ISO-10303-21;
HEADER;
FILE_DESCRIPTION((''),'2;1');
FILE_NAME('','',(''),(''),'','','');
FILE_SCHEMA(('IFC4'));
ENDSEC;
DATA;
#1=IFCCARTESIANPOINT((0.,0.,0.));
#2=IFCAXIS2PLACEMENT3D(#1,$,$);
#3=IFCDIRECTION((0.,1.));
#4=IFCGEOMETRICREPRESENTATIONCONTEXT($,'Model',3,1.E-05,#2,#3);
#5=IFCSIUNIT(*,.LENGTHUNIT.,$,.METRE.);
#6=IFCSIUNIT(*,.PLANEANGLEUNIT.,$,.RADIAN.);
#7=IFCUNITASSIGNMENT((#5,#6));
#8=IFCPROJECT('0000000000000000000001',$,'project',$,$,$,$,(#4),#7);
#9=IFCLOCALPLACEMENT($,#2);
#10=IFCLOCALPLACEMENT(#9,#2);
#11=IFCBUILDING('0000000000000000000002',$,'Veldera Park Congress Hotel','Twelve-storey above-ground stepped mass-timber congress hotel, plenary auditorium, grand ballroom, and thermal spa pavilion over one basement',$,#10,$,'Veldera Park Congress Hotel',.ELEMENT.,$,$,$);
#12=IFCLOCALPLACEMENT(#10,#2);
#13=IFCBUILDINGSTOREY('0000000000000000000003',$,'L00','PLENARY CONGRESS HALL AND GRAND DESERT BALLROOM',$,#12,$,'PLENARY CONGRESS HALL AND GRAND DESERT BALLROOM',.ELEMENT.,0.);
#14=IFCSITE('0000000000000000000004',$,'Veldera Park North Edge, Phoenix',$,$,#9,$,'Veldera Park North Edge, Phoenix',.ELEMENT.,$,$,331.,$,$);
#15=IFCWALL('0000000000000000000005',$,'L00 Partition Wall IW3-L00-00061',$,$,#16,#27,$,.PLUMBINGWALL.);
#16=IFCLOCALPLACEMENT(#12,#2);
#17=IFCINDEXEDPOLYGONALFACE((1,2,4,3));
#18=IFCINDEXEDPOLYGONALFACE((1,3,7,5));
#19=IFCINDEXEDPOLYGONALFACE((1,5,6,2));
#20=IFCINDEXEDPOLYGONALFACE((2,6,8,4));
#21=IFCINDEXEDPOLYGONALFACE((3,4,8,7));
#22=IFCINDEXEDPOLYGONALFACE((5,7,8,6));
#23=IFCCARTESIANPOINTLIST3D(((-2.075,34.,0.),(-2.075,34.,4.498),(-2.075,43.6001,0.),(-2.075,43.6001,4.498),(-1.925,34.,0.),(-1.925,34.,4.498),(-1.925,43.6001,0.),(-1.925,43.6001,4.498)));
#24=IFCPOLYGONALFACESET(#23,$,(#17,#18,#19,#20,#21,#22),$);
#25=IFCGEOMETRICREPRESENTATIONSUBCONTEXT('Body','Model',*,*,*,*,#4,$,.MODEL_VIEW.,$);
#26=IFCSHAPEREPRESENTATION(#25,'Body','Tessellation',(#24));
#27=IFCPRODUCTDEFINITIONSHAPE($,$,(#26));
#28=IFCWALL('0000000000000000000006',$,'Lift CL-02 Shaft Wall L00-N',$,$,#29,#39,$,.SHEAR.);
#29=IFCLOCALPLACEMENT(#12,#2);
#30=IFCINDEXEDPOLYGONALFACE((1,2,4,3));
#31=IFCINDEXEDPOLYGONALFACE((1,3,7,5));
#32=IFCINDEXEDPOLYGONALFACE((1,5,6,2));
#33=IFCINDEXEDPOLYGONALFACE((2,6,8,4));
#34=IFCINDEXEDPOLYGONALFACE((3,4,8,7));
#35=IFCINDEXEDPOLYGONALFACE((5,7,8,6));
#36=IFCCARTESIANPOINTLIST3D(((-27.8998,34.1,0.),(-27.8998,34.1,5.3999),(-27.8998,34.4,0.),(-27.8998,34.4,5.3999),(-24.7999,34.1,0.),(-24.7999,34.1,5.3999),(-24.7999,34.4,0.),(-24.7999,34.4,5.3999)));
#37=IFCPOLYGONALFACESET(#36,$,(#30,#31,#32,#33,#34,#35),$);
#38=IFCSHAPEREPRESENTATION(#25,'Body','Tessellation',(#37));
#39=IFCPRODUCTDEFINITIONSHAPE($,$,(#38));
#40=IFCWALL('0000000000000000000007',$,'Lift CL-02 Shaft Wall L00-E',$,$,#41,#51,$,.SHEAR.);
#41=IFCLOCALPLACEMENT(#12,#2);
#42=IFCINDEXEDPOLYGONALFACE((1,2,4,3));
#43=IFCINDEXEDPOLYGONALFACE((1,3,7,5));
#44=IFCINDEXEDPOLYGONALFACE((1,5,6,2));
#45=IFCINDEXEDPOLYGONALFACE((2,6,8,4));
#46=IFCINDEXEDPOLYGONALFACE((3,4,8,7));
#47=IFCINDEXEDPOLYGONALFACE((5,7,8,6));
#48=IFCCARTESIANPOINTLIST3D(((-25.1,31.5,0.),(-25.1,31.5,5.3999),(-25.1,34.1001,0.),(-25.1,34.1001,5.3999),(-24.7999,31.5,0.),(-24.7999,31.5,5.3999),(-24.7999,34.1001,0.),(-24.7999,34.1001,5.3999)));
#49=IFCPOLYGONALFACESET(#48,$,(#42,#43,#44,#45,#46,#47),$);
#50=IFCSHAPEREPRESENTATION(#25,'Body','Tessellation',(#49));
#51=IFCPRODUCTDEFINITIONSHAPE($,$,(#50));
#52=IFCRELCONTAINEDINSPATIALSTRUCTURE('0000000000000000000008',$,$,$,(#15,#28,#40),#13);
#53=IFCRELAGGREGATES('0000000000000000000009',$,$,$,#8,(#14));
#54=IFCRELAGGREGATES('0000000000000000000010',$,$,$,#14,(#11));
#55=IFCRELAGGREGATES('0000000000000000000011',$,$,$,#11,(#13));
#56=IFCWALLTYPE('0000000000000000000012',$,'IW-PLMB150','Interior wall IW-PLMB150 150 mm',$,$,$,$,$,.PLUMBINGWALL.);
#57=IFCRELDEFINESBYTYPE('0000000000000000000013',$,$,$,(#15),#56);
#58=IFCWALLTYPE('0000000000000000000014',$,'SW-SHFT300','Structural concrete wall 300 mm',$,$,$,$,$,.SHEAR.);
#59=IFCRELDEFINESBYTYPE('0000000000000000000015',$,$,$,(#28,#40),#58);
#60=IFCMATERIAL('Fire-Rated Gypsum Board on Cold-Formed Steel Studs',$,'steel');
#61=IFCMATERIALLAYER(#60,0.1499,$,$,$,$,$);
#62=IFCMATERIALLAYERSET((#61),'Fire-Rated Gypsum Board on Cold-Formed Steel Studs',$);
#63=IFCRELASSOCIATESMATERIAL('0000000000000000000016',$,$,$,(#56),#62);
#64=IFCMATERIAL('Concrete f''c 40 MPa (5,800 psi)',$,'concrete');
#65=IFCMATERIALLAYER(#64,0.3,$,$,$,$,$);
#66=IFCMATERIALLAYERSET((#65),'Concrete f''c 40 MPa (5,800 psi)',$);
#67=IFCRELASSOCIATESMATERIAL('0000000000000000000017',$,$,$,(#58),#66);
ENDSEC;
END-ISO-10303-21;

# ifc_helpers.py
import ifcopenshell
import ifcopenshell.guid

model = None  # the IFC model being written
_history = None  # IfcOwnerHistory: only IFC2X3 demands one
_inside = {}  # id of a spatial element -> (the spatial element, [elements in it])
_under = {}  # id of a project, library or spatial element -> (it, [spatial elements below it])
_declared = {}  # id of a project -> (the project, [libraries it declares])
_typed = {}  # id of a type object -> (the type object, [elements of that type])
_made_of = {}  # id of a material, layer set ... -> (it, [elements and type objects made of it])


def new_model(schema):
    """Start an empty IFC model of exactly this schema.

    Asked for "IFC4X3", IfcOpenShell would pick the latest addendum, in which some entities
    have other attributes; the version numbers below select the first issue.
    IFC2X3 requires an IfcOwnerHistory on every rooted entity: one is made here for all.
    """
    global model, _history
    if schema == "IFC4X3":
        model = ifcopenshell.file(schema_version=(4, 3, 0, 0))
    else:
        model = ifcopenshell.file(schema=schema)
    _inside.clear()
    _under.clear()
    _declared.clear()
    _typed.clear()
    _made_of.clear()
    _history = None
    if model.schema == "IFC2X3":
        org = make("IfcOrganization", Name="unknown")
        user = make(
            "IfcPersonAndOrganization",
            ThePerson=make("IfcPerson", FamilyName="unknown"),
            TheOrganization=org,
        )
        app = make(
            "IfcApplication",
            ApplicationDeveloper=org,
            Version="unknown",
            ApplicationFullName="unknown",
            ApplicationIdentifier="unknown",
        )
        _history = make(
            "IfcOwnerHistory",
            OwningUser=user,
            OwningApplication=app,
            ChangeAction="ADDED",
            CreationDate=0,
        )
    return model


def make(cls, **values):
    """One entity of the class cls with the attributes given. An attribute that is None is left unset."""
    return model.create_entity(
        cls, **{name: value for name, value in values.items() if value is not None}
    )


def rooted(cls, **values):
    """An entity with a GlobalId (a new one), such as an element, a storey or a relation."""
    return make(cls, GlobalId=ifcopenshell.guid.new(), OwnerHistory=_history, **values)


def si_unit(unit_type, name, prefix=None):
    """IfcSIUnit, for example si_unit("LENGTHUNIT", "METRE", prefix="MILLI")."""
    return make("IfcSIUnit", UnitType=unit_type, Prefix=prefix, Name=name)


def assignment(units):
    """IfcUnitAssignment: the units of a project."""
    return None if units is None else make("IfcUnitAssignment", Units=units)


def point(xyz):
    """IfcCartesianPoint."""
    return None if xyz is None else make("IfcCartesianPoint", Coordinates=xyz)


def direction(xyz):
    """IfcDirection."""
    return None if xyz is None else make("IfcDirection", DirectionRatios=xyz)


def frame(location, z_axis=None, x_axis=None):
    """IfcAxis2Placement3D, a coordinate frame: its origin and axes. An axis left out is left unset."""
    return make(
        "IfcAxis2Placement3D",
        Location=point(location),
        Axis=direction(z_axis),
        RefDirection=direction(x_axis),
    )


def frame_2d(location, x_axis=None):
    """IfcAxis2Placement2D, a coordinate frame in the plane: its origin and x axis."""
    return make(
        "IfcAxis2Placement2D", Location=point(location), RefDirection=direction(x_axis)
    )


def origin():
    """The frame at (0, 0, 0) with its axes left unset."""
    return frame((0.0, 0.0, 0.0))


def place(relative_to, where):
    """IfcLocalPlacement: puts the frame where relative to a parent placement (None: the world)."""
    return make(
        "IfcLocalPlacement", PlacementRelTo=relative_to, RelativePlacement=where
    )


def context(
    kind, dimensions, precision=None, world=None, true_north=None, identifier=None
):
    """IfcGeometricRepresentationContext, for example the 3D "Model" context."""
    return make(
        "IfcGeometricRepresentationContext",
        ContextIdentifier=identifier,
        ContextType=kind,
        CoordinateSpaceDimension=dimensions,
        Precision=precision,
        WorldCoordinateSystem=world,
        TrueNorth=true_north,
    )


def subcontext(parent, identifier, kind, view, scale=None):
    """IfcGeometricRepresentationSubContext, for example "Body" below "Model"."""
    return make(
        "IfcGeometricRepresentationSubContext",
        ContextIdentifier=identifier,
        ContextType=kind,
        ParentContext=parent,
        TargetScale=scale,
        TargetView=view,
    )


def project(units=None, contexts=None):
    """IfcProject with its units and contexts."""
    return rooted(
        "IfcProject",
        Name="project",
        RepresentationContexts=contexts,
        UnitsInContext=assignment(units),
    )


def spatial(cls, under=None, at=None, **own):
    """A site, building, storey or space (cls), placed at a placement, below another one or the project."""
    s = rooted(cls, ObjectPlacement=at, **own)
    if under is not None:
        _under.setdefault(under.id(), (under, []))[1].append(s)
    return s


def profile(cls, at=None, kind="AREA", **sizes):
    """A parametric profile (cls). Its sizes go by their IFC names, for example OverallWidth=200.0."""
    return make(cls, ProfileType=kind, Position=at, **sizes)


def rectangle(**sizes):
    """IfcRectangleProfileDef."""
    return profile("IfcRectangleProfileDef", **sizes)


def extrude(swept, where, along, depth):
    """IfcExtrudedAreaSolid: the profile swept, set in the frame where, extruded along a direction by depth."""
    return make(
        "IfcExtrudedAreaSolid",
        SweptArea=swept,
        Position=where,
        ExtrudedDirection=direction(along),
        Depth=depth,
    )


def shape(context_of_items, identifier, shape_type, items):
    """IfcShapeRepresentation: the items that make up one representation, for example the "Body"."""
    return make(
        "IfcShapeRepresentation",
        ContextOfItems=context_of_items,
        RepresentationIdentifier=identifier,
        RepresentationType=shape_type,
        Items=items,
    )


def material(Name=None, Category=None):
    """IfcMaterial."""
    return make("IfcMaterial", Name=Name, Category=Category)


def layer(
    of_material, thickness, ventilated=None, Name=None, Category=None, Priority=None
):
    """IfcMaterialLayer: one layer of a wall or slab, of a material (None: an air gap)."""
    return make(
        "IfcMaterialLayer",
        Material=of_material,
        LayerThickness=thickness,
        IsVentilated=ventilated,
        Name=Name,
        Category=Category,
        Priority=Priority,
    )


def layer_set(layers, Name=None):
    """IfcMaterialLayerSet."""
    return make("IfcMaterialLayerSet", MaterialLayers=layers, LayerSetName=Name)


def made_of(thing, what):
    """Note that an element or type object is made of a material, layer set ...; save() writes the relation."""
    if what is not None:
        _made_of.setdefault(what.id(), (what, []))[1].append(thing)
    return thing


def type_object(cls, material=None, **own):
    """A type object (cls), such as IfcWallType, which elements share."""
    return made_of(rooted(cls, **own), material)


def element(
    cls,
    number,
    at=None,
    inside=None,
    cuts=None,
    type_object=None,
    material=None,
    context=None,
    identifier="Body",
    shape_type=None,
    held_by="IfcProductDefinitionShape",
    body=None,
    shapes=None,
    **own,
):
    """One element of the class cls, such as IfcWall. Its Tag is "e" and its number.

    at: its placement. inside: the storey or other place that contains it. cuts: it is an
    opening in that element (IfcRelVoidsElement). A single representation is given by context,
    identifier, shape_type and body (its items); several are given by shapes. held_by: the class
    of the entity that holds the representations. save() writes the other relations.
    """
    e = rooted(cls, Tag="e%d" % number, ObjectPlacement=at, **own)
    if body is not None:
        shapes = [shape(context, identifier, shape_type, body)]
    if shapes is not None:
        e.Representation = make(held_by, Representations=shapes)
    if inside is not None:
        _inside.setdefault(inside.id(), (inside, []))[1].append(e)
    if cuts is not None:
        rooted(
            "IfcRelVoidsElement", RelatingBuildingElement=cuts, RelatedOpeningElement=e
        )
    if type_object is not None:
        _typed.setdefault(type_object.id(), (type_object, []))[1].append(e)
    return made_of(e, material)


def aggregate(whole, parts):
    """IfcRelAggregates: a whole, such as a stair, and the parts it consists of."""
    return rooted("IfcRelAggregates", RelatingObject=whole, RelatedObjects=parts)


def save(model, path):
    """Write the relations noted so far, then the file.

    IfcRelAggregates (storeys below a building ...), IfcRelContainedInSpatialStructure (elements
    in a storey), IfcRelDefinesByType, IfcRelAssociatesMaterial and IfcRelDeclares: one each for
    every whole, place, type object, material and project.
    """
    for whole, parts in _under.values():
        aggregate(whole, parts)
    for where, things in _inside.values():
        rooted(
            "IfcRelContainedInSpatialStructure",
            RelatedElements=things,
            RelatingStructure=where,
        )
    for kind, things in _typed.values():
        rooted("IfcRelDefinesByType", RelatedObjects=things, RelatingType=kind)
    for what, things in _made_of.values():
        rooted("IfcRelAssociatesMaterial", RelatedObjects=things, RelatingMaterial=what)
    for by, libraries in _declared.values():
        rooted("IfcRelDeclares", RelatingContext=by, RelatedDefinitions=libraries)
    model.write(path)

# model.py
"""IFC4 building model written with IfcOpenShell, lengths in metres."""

from ifc_helpers import new_model, si_unit, direction, frame, frame_2d, origin, place, context, subcontext, project, spatial, rectangle, extrude, material, layer, layer_set, type_object, element, save


model = new_model("IFC4")

# Units and contexts
model_context = context("Model", 3, precision=1e-05, world=origin(), true_north=direction((0.0, 1.0)))
body_context = subcontext(model_context, "Body", "Model", "MODEL_VIEW")
ifc_project = project(units=[si_unit("LENGTHUNIT", "METRE"), si_unit("PLANEANGLEUNIT", "RADIAN")], contexts=[model_context])

# Site, building, storey
site_placement = place(None, origin())
site = spatial("IfcSite", under=ifc_project, at=site_placement, Name="Veldera Park North Edge, Phoenix", LongName="Veldera Park North Edge, Phoenix", CompositionType="ELEMENT", RefElevation=331.0)
building_placement = place(site_placement, origin())
building = spatial("IfcBuilding", under=site, at=building_placement, Name="Veldera Park Congress Hotel", Description="Twelve-storey above-ground stepped mass-timber congress hotel, plenary auditorium, grand ballroom, and thermal spa pavilion over one basement", LongName="Veldera Park Congress Hotel", CompositionType="ELEMENT")
storey_placement = place(building_placement, origin())
storey = spatial("IfcBuildingStorey", under=building, at=storey_placement, Name="L00", Description="PLENARY CONGRESS HALL AND GRAND DESERT BALLROOM", LongName="PLENARY CONGRESS HALL AND GRAND DESERT BALLROOM", CompositionType="ELEMENT", Elevation=0.0)

# Shared definitions
ifc_material_1 = material(Name="Concrete f'c 40 MPa (5,800 psi)", Category="concrete")

# Shared definitions
ifc_material_2 = material(Name="Fire-Rated Gypsum Board on Cold-Formed Steel Studs", Category="steel")
ifc_layer_1 = layer(ifc_material_2, 0.1499)
ifc_layer_set_1 = layer_set([ifc_layer_1], Name="Fire-Rated Gypsum Board on Cold-Formed Steel Studs")
wall_type_1 = type_object("IfcWallType", Name="IW-PLMB150", Description="Interior wall IW-PLMB150 150 mm", PredefinedType="PLUMBINGWALL", material=ifc_layer_set_1)

# Walls
wall_1_placement = place(storey_placement, frame((-2.0, 34.0, 0.0), z_axis=(0.0, 0.0, 1.0), x_axis=(0.0, 1.0, 0.0)))
element("IfcWall", 1, at=wall_1_placement, inside=storey, type_object=wall_type_1, Name="L00 Partition Wall IW3-L00-00061", PredefinedType="PLUMBINGWALL", context=body_context, shape_type="SweptSolid", body=[
    extrude(rectangle(XDim=9.6001, YDim=0.1499, at=frame_2d((4.8, 0.0))), origin(), (0.0, 0.0, 1.0), 4.498),
])
ifc_layer_2 = layer(ifc_material_1, 0.3)
ifc_layer_set_2 = layer_set([ifc_layer_2], Name="Concrete f'c 40 MPa (5,800 psi)")
wall_type_2 = type_object("IfcWallType", Name="SW-SHFT300", Description="Structural concrete wall 300 mm", PredefinedType="SHEAR", material=ifc_layer_set_2)
wall_2_placement = place(storey_placement, frame((-24.8, 34.25, 0.0), z_axis=(0.0, 0.0, 1.0), x_axis=(-1.0, 0.0, 0.0)))
element("IfcWall", 2, at=wall_2_placement, inside=storey, type_object=wall_type_2, Name="Lift CL-02 Shaft Wall L00-N", PredefinedType="SHEAR", context=body_context, shape_type="SweptSolid", body=[
    extrude(rectangle(XDim=3.0999, YDim=0.3, at=frame_2d((1.5498, 0.0))), origin(), (0.0, 0.0, 1.0), 5.3999),
])
wall_3_placement = place(storey_placement, frame((-24.95, 31.5, 0.0), z_axis=(0.0, 0.0, 1.0), x_axis=(0.0, 1.0, 0.0)))
element("IfcWall", 3, at=wall_3_placement, inside=storey, type_object=wall_type_2, Name="Lift CL-02 Shaft Wall L00-E", PredefinedType="SHEAR", context=body_context, shape_type="SweptSolid", body=[
    extrude(rectangle(XDim=2.6001, YDim=0.3, at=frame_2d((1.3, 0.0))), origin(), (0.0, 0.0, 1.0), 5.3999),
])

save(model, "model.ifc")
